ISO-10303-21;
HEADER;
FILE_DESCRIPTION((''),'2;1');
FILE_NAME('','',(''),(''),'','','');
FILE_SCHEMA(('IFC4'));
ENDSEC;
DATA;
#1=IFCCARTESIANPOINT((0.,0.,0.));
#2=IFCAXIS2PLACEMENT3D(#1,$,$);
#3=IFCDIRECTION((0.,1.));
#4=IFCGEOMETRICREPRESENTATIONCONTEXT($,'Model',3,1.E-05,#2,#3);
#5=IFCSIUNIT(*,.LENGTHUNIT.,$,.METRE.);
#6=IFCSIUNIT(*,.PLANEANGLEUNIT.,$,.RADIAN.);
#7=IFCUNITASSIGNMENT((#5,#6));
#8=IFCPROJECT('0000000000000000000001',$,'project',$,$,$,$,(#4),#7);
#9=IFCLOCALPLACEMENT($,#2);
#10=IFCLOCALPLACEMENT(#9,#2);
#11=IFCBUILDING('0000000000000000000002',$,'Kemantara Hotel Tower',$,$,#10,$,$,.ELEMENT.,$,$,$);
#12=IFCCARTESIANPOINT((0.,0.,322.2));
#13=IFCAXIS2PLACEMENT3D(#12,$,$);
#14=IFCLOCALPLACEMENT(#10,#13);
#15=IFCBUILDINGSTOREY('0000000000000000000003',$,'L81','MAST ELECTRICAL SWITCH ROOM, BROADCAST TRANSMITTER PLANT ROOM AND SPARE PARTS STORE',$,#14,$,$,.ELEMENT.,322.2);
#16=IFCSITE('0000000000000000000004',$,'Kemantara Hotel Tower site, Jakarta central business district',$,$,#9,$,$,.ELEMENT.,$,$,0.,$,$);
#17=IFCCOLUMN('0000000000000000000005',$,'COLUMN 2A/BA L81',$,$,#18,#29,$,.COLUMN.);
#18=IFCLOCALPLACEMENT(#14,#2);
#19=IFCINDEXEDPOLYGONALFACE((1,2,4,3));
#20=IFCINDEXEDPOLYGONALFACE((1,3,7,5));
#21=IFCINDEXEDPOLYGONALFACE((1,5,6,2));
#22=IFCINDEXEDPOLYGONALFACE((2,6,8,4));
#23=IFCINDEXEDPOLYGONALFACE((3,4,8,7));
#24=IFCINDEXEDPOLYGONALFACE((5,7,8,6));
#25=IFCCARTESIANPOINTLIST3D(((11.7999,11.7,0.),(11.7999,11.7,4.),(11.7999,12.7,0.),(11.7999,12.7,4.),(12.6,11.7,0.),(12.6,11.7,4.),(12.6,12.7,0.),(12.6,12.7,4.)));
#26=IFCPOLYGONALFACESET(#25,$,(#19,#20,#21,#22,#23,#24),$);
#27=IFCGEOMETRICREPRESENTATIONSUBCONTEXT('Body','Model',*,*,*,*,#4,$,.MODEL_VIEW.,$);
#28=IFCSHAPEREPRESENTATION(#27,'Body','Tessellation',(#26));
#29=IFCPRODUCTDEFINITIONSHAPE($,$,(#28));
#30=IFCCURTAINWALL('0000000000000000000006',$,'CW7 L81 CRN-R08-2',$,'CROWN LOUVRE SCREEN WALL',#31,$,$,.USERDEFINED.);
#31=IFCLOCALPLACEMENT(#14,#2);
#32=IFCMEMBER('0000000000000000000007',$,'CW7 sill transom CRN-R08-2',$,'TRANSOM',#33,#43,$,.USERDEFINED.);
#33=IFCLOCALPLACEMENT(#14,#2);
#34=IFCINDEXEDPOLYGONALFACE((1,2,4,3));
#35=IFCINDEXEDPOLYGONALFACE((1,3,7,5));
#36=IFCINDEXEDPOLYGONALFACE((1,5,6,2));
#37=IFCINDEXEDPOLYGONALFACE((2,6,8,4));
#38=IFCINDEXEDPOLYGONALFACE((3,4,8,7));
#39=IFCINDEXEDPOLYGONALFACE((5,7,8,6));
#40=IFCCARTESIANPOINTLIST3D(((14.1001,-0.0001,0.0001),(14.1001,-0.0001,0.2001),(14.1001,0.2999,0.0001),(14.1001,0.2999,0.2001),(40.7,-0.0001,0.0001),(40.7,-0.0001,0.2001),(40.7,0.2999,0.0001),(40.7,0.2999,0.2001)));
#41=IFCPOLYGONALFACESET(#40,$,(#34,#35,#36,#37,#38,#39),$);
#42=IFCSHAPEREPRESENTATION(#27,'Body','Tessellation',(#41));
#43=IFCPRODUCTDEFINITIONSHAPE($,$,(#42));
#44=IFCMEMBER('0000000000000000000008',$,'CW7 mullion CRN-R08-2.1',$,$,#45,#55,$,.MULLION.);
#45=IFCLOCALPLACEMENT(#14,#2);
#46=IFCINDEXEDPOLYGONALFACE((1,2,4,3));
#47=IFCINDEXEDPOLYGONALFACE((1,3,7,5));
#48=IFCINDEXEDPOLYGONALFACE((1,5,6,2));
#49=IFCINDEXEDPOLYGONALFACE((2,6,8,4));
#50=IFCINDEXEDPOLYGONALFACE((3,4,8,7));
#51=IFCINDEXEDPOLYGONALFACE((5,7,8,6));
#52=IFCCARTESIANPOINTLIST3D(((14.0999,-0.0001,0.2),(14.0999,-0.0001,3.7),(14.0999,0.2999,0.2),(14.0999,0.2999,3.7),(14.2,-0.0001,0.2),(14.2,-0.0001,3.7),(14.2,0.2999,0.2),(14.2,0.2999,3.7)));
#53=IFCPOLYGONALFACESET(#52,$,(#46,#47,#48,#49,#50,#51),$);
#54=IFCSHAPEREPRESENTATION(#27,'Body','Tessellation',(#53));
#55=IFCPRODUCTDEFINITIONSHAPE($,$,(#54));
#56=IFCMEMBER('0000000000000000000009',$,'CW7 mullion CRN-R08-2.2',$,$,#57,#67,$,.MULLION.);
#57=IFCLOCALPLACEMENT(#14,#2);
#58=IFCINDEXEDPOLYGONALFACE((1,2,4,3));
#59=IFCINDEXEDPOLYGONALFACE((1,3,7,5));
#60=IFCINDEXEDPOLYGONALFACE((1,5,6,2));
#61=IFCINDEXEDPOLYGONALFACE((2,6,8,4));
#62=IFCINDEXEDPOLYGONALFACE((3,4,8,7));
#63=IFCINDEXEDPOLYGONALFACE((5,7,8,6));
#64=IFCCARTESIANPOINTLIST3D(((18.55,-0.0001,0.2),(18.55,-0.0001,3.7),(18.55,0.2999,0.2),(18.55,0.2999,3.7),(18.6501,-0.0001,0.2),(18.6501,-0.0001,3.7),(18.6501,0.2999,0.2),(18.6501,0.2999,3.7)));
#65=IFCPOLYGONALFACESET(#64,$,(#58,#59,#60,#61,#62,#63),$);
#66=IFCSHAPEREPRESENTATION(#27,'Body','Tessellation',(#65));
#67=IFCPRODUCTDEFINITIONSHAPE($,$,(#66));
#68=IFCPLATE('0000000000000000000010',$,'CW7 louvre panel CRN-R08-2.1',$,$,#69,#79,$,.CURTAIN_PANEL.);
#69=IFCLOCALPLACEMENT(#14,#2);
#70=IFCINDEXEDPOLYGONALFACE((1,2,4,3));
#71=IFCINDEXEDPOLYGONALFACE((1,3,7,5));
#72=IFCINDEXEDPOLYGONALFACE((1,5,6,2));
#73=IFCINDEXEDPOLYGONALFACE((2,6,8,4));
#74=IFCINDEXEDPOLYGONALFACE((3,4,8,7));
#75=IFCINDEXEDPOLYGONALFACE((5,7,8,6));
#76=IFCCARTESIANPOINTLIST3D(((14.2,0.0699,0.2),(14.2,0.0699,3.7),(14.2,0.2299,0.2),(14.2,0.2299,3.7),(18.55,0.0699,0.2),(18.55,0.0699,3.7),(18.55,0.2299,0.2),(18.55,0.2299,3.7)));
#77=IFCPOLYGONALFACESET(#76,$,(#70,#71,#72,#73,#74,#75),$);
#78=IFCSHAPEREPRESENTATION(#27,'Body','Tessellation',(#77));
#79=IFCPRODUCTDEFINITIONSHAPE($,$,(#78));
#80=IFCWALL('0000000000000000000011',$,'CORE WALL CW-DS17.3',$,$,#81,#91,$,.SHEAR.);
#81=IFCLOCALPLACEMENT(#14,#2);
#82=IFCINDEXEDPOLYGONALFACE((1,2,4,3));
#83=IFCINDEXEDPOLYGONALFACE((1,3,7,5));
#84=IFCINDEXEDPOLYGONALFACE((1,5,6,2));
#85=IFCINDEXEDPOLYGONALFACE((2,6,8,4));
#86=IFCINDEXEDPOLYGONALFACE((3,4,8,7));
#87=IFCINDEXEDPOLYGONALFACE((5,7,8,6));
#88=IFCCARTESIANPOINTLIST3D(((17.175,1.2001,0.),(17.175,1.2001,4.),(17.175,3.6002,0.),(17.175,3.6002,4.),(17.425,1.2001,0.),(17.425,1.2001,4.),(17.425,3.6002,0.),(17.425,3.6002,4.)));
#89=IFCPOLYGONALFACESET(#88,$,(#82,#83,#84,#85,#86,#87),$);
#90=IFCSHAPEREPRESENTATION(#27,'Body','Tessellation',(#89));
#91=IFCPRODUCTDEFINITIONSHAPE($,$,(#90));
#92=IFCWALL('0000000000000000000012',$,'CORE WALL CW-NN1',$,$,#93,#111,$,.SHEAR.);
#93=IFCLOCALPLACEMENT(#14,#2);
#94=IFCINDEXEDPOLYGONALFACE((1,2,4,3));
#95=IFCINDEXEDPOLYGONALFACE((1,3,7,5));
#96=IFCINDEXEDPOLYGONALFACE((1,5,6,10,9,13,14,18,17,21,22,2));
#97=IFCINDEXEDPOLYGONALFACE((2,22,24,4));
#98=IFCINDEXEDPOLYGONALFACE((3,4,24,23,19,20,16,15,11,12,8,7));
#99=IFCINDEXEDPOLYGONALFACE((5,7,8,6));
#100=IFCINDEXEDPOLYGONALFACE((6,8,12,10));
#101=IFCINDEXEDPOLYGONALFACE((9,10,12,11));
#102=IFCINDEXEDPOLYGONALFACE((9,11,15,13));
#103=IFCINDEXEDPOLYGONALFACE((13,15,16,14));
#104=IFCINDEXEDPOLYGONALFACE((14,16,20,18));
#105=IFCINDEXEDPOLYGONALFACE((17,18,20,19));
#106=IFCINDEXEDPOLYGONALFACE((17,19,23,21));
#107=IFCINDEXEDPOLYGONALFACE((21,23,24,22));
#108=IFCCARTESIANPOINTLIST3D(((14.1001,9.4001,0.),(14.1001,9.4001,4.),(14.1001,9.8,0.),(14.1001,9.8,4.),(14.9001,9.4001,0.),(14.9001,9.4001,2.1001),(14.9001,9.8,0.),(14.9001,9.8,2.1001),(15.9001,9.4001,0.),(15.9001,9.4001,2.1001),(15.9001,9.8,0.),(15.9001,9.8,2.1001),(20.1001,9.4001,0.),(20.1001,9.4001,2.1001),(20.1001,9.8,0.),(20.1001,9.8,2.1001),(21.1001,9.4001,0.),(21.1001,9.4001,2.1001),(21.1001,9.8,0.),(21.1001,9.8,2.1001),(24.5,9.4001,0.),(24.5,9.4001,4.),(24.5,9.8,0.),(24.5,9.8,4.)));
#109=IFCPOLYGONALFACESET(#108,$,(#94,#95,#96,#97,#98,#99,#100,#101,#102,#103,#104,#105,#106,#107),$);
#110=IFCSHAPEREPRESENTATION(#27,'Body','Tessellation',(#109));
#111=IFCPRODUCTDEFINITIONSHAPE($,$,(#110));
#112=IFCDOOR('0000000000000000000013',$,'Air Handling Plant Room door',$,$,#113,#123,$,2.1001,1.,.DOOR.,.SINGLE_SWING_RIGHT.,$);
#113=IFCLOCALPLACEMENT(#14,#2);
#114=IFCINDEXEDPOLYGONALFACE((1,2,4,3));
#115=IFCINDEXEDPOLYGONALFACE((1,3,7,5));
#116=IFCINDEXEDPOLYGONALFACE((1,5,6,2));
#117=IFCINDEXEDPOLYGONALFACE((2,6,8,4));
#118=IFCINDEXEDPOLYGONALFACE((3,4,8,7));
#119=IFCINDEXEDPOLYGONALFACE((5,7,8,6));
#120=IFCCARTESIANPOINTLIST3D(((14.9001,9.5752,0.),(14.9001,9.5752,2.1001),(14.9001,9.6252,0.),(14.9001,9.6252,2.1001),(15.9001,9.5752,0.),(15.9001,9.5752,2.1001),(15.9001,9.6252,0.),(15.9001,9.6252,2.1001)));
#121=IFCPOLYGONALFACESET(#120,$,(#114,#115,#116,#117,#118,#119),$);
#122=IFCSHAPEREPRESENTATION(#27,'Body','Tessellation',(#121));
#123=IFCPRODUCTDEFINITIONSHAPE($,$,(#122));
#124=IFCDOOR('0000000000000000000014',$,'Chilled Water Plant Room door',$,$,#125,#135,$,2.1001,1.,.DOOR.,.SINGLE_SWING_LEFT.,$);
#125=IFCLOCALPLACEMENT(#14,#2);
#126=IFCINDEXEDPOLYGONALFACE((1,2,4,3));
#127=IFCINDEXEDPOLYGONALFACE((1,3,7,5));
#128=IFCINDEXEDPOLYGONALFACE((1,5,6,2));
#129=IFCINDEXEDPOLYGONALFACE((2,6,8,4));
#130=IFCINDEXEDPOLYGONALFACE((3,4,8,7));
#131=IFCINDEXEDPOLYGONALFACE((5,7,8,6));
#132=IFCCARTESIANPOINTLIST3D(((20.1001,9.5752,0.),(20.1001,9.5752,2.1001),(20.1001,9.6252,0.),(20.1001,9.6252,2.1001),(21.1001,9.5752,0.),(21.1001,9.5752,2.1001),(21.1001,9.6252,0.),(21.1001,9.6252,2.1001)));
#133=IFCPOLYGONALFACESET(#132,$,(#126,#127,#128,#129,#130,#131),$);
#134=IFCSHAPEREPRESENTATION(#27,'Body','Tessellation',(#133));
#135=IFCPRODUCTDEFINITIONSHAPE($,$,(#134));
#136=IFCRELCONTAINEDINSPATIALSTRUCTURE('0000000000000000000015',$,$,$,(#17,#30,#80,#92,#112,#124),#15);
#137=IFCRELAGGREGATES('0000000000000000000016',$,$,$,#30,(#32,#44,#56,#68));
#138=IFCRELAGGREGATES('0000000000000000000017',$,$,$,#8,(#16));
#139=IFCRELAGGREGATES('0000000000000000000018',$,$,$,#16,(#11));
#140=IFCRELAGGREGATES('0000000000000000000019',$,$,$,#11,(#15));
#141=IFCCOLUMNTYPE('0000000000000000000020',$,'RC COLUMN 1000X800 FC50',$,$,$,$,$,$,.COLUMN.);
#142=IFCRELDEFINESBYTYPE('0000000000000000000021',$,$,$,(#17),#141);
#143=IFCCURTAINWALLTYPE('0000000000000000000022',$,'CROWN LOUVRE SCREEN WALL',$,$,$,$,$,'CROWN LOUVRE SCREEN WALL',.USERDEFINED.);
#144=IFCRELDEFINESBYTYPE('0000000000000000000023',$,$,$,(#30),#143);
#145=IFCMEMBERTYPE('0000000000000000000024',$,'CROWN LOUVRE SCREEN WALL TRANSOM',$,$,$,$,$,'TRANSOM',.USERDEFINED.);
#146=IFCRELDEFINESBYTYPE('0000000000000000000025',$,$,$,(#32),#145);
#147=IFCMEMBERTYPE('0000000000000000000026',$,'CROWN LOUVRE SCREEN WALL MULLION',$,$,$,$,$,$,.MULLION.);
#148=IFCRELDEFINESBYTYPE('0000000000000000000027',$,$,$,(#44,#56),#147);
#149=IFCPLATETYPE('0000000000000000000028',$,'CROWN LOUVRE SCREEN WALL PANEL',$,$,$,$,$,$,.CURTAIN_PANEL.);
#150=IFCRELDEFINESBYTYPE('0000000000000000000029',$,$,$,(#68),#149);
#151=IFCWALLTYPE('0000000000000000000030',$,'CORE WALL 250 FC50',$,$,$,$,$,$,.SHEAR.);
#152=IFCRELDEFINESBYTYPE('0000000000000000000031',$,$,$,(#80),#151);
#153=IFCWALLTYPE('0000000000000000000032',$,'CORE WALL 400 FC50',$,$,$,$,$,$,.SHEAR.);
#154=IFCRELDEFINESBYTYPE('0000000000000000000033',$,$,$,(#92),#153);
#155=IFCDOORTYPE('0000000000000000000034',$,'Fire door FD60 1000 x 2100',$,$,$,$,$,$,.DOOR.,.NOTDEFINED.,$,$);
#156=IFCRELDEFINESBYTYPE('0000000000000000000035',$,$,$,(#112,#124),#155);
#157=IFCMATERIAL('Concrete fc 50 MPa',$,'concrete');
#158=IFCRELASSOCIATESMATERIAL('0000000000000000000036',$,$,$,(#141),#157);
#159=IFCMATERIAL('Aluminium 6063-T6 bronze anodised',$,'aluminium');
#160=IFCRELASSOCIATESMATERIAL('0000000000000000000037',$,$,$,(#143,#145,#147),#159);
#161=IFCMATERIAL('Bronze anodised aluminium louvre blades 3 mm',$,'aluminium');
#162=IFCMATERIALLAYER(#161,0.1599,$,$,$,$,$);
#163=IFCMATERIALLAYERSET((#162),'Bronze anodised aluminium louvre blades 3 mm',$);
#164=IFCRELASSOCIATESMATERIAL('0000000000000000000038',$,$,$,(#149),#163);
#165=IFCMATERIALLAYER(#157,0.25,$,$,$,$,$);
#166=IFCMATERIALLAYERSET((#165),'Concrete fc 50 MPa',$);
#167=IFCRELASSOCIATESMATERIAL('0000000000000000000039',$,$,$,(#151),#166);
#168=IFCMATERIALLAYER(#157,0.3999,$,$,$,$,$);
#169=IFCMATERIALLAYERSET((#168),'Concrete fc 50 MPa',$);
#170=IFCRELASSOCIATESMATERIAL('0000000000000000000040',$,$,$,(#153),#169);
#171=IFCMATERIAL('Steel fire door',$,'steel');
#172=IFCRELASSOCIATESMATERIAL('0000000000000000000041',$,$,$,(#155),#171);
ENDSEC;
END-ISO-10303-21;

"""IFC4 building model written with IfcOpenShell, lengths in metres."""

from ifc_helpers import new_model, si_unit, direction, frame, frame_2d, origin, origin_2d, place, context, subcontext, project, spatial, rectangle, extrude, source, transform, mapped, material, layer, layer_set, material_profile, profile_set, type_object, element, fill, aggregate, save


model = new_model("IFC4")

# Units and contexts
model_context = context("Model", 3, precision=1e-05, world=origin(), true_north=direction((0.0, 1.0)))
body_context = subcontext(model_context, "Body", "Model", "MODEL_VIEW")
ifc_project = project(units=[si_unit("LENGTHUNIT", "METRE"), si_unit("PLANEANGLEUNIT", "RADIAN")], contexts=[model_context])

# Site, building, storey
site_placement = place(None, origin())
site = spatial("IfcSite", under=ifc_project, at=site_placement, Name="Kemantara Hotel Tower site, Jakarta central business district", CompositionType="ELEMENT", RefElevation=0.0)
building_placement = place(site_placement, origin())
building = spatial("IfcBuilding", under=site, at=building_placement, Name="Kemantara Hotel Tower", CompositionType="ELEMENT")
storey_placement = place(building_placement, frame((0.0, 0.0, 322.2)))
storey = spatial("IfcBuildingStorey", under=building, at=storey_placement, Name="L81", Description="MAST ELECTRICAL SWITCH ROOM, BROADCAST TRANSMITTER PLANT ROOM AND SPARE PARTS STORE", CompositionType="ELEMENT", Elevation=322.2)

# Column
ifc_material_1 = material(Name="Concrete fc 50 MPa", Category="concrete")
ifc_material_profile_1 = material_profile(ifc_material_1, rectangle(XDim=1.0, YDim=0.8, at=origin_2d()), Name="RC 1000X800")
ifc_profile_set_1 = profile_set([ifc_material_profile_1], Name="Concrete fc 50 MPa")
column_type = type_object("IfcColumnType", Name="RC COLUMN 1000X800 FC50", PredefinedType="COLUMN", material=ifc_profile_set_1)
column_placement = place(storey_placement, frame((12.2, 12.2, 0.0), z_axis=(0.0, 0.0, 1.0), x_axis=(0.0, 1.0, 0.0)))
element("IfcColumn", 1, at=column_placement, inside=storey, type_object=column_type, Name="COLUMN 2A/BA L81", PredefinedType="COLUMN", context=body_context, shape_type="SweptSolid", body=[
    extrude(rectangle(XDim=1.0, YDim=0.8, at=origin_2d()), origin(), (0.0, 0.0, 1.0), 4.0),
])

# Curtain wall, members, plate
ifc_material_2 = material(Name="Aluminium 6063-T6 bronze anodised", Category="aluminium")
curtain_wall_type = type_object("IfcCurtainWallType", Name="CROWN LOUVRE SCREEN WALL", ElementType="CROWN LOUVRE SCREEN WALL", PredefinedType="USERDEFINED", material=ifc_material_2)
curtain_wall_placement = place(storey_placement, origin())
curtain_wall = element("IfcCurtainWall", 2, at=curtain_wall_placement, inside=storey, type_object=curtain_wall_type, Name="CW7 L81 CRN-R08-2", ObjectType="CROWN LOUVRE SCREEN WALL", PredefinedType="USERDEFINED")
ifc_material_profile_2 = material_profile(ifc_material_2, rectangle(XDim=0.3, YDim=0.2, at=origin_2d()), Name="CROWN LOUVRE SCREEN WALL TRANSOM")
ifc_profile_set_2 = profile_set([ifc_material_profile_2], Name="Aluminium 6063-T6 bronze anodised")
member_type_1 = type_object("IfcMemberType", Name="CROWN LOUVRE SCREEN WALL TRANSOM", ElementType="TRANSOM", PredefinedType="USERDEFINED", material=ifc_profile_set_2)
member_1_placement = place(storey_placement, frame((14.1001, 0.1499, 0.1001), z_axis=(1.0, 0.0, 0.0), x_axis=(0.0, 1.0, 0.0)))
member_1 = element("IfcMember", 3, at=member_1_placement, type_object=member_type_1, Name="CW7 sill transom CRN-R08-2", ObjectType="TRANSOM", PredefinedType="USERDEFINED", context=body_context, shape_type="SweptSolid", body=[
    extrude(rectangle(XDim=0.3, YDim=0.2, at=origin_2d()), origin(), (0.0, 0.0, 1.0), 26.5999),
])
ifc_material_profile_3 = material_profile(ifc_material_2, rectangle(XDim=0.3, YDim=0.1001, at=origin_2d()), Name="CROWN LOUVRE SCREEN WALL MULLION")
ifc_profile_set_3 = profile_set([ifc_material_profile_3], Name="Aluminium 6063-T6 bronze anodised")
member_type_2 = type_object("IfcMemberType", Name="CROWN LOUVRE SCREEN WALL MULLION", PredefinedType="MULLION", material=ifc_profile_set_3)
shared_shape_1 = source(origin(), body_context, "Body", "SweptSolid", [
    extrude(rectangle(XDim=0.3, YDim=0.1001, at=origin_2d()), origin(), (0.0, 0.0, 1.0), 3.5),
])
member_2_placement = place(storey_placement, frame((14.1499, 0.1499, 0.2), z_axis=(0.0, 0.0, 1.0), x_axis=(0.0, 1.0, 0.0)))
member_2 = element("IfcMember", 4, at=member_2_placement, type_object=member_type_2, Name="CW7 mullion CRN-R08-2.1", PredefinedType="MULLION", context=body_context, shape_type="MappedRepresentation", body=[
    mapped(shared_shape_1, transform((0.0, 0.0, 0.0))),
])
member_3_placement = place(storey_placement, frame((18.6001, 0.1499, 0.2), z_axis=(0.0, 0.0, 1.0), x_axis=(0.0, 1.0, 0.0)))
member_3 = element("IfcMember", 5, at=member_3_placement, type_object=member_type_2, Name="CW7 mullion CRN-R08-2.2", PredefinedType="MULLION", context=body_context, shape_type="MappedRepresentation", body=[
    mapped(shared_shape_1, transform((0.0, 0.0, 0.0))),
])
ifc_material_3 = material(Name="Bronze anodised aluminium louvre blades 3 mm", Category="aluminium")
ifc_layer_1 = layer(ifc_material_3, 0.1599)
ifc_layer_set_1 = layer_set([ifc_layer_1], Name="Bronze anodised aluminium louvre blades 3 mm")
plate_type = type_object("IfcPlateType", Name="CROWN LOUVRE SCREEN WALL PANEL", PredefinedType="CURTAIN_PANEL", material=ifc_layer_set_1)
shared_shape_2 = source(origin(), body_context, "Body", "SweptSolid", [
    extrude(rectangle(XDim=4.3501, YDim=0.1599, at=origin_2d()), origin(), (0.0, 0.0, 1.0), 3.5),
])
plate_placement = place(storey_placement, frame((16.375, 0.1499, 0.2), z_axis=(0.0, 0.0, 1.0), x_axis=(1.0, 0.0, 0.0)))
plate = element("IfcPlate", 6, at=plate_placement, type_object=plate_type, Name="CW7 louvre panel CRN-R08-2.1", PredefinedType="CURTAIN_PANEL", context=body_context, shape_type="MappedRepresentation", body=[
    mapped(shared_shape_2, transform((0.0, 0.0, 0.0))),
])
aggregate(curtain_wall, [member_1, member_2, member_3, plate])

# Wall
ifc_layer_2 = layer(ifc_material_1, 0.25)
ifc_layer_set_2 = layer_set([ifc_layer_2], Name="Concrete fc 50 MPa")
wall_type_1 = type_object("IfcWallType", Name="CORE WALL 250 FC50", PredefinedType="SHEAR", material=ifc_layer_set_2)
wall_1_placement = place(storey_placement, frame((17.3, 1.2, 0.0), z_axis=(0.0, 0.0, 1.0), x_axis=(0.0, 1.0, 0.0)))
element("IfcWall", 7, at=wall_1_placement, inside=storey, type_object=wall_type_1, Name="CORE WALL CW-DS17.3", PredefinedType="SHEAR", context=body_context, shape_type="SweptSolid", body=[
    extrude(rectangle(XDim=2.4001, YDim=0.25, at=frame_2d((1.2002, 0.0))), origin(), (0.0, 0.0, 1.0), 4.0),
])

# Wall, openings, doors
ifc_layer_3 = layer(ifc_material_1, 0.3999)
ifc_layer_set_3 = layer_set([ifc_layer_3], Name="Concrete fc 50 MPa")
wall_type_2 = type_object("IfcWallType", Name="CORE WALL 400 FC50", PredefinedType="SHEAR", material=ifc_layer_set_3)
wall_2_placement = place(storey_placement, frame((14.1001, 9.6001, 0.0), z_axis=(0.0, 0.0, 1.0), x_axis=(1.0, 0.0, 0.0)))
wall_2 = element("IfcWall", 8, at=wall_2_placement, inside=storey, type_object=wall_type_2, Name="CORE WALL CW-NN1", PredefinedType="SHEAR", context=body_context, shape_type="SweptSolid", body=[
    extrude(rectangle(XDim=10.3999, YDim=0.3999, at=frame_2d((5.2, 0.0))), origin(), (0.0, 0.0, 1.0), 4.0),
])
opening_1_placement = place(wall_2_placement, frame((0.8, 0.0, 0.0)))
opening_1 = element("IfcOpeningElement", 9, at=opening_1_placement, cuts=wall_2, PredefinedType="OPENING", context=body_context, shape_type="SweptSolid", body=[
    extrude(rectangle(XDim=1.0, YDim=2.1001, at=frame_2d((0.5, 1.05))), frame((0.0, 0.21, 0.0), z_axis=(0.0, -1.0, 0.0), x_axis=(1.0, 0.0, 0.0)), (0.0, 0.0, 1.0), 0.4199),
])
opening_2_placement = place(wall_2_placement, frame((6.0, 0.0, 0.0)))
opening_2 = element("IfcOpeningElement", 10, at=opening_2_placement, cuts=wall_2, PredefinedType="OPENING", context=body_context, shape_type="SweptSolid", body=[
    extrude(rectangle(XDim=1.0, YDim=2.1001, at=frame_2d((0.5, 1.05))), frame((0.0, 0.21, 0.0), z_axis=(0.0, -1.0, 0.0), x_axis=(1.0, 0.0, 0.0)), (0.0, 0.0, 1.0), 0.4199),
])
ifc_material_4 = material(Name="Steel fire door", Category="steel")
door_type_1 = type_object("IfcDoorType", Name="Fire door FD60 1000 x 2100", OperationType="NOTDEFINED", PredefinedType="DOOR", material=ifc_material_4)
door_1_placement = place(opening_1_placement, frame((1.0, 0.0, 0.0), z_axis=(0.0, 0.0, 1.0), x_axis=(-1.0, 0.0, 0.0)))
door_1 = element("IfcDoor", 11, at=door_1_placement, inside=storey, type_object=door_type_1, Name="Air Handling Plant Room door", OperationType="SINGLE_SWING_RIGHT", OverallHeight=2.1001, OverallWidth=1.0, PredefinedType="DOOR", context=body_context, shape_type="SweptSolid", body=[
    extrude(rectangle(XDim=1.0, YDim=2.1001, at=frame_2d((0.5, 1.05))), frame((0.0, 0.0249, 0.0), z_axis=(0.0, -1.0, 0.0), x_axis=(1.0, 0.0, 0.0)), (0.0, 0.0, 1.0), 0.05),
])
fill(opening_1, door_1)
door_2_placement = place(opening_2_placement, frame((1.0, 0.0, 0.0), z_axis=(0.0, 0.0, 1.0), x_axis=(-1.0, 0.0, 0.0)))
door_2 = element("IfcDoor", 12, at=door_2_placement, inside=storey, type_object=door_type_1, Name="Chilled Water Plant Room door", OperationType="SINGLE_SWING_LEFT", OverallHeight=2.1001, OverallWidth=1.0, PredefinedType="DOOR", context=body_context, shape_type="SweptSolid", body=[
    extrude(rectangle(XDim=1.0, YDim=2.1001, at=frame_2d((0.5, 1.05))), frame((0.0, 0.0249, 0.0), z_axis=(0.0, -1.0, 0.0), x_axis=(1.0, 0.0, 0.0)), (0.0, 0.0, 1.0), 0.05),
])
fill(opening_2, door_2)

save(model, "model.ifc")
